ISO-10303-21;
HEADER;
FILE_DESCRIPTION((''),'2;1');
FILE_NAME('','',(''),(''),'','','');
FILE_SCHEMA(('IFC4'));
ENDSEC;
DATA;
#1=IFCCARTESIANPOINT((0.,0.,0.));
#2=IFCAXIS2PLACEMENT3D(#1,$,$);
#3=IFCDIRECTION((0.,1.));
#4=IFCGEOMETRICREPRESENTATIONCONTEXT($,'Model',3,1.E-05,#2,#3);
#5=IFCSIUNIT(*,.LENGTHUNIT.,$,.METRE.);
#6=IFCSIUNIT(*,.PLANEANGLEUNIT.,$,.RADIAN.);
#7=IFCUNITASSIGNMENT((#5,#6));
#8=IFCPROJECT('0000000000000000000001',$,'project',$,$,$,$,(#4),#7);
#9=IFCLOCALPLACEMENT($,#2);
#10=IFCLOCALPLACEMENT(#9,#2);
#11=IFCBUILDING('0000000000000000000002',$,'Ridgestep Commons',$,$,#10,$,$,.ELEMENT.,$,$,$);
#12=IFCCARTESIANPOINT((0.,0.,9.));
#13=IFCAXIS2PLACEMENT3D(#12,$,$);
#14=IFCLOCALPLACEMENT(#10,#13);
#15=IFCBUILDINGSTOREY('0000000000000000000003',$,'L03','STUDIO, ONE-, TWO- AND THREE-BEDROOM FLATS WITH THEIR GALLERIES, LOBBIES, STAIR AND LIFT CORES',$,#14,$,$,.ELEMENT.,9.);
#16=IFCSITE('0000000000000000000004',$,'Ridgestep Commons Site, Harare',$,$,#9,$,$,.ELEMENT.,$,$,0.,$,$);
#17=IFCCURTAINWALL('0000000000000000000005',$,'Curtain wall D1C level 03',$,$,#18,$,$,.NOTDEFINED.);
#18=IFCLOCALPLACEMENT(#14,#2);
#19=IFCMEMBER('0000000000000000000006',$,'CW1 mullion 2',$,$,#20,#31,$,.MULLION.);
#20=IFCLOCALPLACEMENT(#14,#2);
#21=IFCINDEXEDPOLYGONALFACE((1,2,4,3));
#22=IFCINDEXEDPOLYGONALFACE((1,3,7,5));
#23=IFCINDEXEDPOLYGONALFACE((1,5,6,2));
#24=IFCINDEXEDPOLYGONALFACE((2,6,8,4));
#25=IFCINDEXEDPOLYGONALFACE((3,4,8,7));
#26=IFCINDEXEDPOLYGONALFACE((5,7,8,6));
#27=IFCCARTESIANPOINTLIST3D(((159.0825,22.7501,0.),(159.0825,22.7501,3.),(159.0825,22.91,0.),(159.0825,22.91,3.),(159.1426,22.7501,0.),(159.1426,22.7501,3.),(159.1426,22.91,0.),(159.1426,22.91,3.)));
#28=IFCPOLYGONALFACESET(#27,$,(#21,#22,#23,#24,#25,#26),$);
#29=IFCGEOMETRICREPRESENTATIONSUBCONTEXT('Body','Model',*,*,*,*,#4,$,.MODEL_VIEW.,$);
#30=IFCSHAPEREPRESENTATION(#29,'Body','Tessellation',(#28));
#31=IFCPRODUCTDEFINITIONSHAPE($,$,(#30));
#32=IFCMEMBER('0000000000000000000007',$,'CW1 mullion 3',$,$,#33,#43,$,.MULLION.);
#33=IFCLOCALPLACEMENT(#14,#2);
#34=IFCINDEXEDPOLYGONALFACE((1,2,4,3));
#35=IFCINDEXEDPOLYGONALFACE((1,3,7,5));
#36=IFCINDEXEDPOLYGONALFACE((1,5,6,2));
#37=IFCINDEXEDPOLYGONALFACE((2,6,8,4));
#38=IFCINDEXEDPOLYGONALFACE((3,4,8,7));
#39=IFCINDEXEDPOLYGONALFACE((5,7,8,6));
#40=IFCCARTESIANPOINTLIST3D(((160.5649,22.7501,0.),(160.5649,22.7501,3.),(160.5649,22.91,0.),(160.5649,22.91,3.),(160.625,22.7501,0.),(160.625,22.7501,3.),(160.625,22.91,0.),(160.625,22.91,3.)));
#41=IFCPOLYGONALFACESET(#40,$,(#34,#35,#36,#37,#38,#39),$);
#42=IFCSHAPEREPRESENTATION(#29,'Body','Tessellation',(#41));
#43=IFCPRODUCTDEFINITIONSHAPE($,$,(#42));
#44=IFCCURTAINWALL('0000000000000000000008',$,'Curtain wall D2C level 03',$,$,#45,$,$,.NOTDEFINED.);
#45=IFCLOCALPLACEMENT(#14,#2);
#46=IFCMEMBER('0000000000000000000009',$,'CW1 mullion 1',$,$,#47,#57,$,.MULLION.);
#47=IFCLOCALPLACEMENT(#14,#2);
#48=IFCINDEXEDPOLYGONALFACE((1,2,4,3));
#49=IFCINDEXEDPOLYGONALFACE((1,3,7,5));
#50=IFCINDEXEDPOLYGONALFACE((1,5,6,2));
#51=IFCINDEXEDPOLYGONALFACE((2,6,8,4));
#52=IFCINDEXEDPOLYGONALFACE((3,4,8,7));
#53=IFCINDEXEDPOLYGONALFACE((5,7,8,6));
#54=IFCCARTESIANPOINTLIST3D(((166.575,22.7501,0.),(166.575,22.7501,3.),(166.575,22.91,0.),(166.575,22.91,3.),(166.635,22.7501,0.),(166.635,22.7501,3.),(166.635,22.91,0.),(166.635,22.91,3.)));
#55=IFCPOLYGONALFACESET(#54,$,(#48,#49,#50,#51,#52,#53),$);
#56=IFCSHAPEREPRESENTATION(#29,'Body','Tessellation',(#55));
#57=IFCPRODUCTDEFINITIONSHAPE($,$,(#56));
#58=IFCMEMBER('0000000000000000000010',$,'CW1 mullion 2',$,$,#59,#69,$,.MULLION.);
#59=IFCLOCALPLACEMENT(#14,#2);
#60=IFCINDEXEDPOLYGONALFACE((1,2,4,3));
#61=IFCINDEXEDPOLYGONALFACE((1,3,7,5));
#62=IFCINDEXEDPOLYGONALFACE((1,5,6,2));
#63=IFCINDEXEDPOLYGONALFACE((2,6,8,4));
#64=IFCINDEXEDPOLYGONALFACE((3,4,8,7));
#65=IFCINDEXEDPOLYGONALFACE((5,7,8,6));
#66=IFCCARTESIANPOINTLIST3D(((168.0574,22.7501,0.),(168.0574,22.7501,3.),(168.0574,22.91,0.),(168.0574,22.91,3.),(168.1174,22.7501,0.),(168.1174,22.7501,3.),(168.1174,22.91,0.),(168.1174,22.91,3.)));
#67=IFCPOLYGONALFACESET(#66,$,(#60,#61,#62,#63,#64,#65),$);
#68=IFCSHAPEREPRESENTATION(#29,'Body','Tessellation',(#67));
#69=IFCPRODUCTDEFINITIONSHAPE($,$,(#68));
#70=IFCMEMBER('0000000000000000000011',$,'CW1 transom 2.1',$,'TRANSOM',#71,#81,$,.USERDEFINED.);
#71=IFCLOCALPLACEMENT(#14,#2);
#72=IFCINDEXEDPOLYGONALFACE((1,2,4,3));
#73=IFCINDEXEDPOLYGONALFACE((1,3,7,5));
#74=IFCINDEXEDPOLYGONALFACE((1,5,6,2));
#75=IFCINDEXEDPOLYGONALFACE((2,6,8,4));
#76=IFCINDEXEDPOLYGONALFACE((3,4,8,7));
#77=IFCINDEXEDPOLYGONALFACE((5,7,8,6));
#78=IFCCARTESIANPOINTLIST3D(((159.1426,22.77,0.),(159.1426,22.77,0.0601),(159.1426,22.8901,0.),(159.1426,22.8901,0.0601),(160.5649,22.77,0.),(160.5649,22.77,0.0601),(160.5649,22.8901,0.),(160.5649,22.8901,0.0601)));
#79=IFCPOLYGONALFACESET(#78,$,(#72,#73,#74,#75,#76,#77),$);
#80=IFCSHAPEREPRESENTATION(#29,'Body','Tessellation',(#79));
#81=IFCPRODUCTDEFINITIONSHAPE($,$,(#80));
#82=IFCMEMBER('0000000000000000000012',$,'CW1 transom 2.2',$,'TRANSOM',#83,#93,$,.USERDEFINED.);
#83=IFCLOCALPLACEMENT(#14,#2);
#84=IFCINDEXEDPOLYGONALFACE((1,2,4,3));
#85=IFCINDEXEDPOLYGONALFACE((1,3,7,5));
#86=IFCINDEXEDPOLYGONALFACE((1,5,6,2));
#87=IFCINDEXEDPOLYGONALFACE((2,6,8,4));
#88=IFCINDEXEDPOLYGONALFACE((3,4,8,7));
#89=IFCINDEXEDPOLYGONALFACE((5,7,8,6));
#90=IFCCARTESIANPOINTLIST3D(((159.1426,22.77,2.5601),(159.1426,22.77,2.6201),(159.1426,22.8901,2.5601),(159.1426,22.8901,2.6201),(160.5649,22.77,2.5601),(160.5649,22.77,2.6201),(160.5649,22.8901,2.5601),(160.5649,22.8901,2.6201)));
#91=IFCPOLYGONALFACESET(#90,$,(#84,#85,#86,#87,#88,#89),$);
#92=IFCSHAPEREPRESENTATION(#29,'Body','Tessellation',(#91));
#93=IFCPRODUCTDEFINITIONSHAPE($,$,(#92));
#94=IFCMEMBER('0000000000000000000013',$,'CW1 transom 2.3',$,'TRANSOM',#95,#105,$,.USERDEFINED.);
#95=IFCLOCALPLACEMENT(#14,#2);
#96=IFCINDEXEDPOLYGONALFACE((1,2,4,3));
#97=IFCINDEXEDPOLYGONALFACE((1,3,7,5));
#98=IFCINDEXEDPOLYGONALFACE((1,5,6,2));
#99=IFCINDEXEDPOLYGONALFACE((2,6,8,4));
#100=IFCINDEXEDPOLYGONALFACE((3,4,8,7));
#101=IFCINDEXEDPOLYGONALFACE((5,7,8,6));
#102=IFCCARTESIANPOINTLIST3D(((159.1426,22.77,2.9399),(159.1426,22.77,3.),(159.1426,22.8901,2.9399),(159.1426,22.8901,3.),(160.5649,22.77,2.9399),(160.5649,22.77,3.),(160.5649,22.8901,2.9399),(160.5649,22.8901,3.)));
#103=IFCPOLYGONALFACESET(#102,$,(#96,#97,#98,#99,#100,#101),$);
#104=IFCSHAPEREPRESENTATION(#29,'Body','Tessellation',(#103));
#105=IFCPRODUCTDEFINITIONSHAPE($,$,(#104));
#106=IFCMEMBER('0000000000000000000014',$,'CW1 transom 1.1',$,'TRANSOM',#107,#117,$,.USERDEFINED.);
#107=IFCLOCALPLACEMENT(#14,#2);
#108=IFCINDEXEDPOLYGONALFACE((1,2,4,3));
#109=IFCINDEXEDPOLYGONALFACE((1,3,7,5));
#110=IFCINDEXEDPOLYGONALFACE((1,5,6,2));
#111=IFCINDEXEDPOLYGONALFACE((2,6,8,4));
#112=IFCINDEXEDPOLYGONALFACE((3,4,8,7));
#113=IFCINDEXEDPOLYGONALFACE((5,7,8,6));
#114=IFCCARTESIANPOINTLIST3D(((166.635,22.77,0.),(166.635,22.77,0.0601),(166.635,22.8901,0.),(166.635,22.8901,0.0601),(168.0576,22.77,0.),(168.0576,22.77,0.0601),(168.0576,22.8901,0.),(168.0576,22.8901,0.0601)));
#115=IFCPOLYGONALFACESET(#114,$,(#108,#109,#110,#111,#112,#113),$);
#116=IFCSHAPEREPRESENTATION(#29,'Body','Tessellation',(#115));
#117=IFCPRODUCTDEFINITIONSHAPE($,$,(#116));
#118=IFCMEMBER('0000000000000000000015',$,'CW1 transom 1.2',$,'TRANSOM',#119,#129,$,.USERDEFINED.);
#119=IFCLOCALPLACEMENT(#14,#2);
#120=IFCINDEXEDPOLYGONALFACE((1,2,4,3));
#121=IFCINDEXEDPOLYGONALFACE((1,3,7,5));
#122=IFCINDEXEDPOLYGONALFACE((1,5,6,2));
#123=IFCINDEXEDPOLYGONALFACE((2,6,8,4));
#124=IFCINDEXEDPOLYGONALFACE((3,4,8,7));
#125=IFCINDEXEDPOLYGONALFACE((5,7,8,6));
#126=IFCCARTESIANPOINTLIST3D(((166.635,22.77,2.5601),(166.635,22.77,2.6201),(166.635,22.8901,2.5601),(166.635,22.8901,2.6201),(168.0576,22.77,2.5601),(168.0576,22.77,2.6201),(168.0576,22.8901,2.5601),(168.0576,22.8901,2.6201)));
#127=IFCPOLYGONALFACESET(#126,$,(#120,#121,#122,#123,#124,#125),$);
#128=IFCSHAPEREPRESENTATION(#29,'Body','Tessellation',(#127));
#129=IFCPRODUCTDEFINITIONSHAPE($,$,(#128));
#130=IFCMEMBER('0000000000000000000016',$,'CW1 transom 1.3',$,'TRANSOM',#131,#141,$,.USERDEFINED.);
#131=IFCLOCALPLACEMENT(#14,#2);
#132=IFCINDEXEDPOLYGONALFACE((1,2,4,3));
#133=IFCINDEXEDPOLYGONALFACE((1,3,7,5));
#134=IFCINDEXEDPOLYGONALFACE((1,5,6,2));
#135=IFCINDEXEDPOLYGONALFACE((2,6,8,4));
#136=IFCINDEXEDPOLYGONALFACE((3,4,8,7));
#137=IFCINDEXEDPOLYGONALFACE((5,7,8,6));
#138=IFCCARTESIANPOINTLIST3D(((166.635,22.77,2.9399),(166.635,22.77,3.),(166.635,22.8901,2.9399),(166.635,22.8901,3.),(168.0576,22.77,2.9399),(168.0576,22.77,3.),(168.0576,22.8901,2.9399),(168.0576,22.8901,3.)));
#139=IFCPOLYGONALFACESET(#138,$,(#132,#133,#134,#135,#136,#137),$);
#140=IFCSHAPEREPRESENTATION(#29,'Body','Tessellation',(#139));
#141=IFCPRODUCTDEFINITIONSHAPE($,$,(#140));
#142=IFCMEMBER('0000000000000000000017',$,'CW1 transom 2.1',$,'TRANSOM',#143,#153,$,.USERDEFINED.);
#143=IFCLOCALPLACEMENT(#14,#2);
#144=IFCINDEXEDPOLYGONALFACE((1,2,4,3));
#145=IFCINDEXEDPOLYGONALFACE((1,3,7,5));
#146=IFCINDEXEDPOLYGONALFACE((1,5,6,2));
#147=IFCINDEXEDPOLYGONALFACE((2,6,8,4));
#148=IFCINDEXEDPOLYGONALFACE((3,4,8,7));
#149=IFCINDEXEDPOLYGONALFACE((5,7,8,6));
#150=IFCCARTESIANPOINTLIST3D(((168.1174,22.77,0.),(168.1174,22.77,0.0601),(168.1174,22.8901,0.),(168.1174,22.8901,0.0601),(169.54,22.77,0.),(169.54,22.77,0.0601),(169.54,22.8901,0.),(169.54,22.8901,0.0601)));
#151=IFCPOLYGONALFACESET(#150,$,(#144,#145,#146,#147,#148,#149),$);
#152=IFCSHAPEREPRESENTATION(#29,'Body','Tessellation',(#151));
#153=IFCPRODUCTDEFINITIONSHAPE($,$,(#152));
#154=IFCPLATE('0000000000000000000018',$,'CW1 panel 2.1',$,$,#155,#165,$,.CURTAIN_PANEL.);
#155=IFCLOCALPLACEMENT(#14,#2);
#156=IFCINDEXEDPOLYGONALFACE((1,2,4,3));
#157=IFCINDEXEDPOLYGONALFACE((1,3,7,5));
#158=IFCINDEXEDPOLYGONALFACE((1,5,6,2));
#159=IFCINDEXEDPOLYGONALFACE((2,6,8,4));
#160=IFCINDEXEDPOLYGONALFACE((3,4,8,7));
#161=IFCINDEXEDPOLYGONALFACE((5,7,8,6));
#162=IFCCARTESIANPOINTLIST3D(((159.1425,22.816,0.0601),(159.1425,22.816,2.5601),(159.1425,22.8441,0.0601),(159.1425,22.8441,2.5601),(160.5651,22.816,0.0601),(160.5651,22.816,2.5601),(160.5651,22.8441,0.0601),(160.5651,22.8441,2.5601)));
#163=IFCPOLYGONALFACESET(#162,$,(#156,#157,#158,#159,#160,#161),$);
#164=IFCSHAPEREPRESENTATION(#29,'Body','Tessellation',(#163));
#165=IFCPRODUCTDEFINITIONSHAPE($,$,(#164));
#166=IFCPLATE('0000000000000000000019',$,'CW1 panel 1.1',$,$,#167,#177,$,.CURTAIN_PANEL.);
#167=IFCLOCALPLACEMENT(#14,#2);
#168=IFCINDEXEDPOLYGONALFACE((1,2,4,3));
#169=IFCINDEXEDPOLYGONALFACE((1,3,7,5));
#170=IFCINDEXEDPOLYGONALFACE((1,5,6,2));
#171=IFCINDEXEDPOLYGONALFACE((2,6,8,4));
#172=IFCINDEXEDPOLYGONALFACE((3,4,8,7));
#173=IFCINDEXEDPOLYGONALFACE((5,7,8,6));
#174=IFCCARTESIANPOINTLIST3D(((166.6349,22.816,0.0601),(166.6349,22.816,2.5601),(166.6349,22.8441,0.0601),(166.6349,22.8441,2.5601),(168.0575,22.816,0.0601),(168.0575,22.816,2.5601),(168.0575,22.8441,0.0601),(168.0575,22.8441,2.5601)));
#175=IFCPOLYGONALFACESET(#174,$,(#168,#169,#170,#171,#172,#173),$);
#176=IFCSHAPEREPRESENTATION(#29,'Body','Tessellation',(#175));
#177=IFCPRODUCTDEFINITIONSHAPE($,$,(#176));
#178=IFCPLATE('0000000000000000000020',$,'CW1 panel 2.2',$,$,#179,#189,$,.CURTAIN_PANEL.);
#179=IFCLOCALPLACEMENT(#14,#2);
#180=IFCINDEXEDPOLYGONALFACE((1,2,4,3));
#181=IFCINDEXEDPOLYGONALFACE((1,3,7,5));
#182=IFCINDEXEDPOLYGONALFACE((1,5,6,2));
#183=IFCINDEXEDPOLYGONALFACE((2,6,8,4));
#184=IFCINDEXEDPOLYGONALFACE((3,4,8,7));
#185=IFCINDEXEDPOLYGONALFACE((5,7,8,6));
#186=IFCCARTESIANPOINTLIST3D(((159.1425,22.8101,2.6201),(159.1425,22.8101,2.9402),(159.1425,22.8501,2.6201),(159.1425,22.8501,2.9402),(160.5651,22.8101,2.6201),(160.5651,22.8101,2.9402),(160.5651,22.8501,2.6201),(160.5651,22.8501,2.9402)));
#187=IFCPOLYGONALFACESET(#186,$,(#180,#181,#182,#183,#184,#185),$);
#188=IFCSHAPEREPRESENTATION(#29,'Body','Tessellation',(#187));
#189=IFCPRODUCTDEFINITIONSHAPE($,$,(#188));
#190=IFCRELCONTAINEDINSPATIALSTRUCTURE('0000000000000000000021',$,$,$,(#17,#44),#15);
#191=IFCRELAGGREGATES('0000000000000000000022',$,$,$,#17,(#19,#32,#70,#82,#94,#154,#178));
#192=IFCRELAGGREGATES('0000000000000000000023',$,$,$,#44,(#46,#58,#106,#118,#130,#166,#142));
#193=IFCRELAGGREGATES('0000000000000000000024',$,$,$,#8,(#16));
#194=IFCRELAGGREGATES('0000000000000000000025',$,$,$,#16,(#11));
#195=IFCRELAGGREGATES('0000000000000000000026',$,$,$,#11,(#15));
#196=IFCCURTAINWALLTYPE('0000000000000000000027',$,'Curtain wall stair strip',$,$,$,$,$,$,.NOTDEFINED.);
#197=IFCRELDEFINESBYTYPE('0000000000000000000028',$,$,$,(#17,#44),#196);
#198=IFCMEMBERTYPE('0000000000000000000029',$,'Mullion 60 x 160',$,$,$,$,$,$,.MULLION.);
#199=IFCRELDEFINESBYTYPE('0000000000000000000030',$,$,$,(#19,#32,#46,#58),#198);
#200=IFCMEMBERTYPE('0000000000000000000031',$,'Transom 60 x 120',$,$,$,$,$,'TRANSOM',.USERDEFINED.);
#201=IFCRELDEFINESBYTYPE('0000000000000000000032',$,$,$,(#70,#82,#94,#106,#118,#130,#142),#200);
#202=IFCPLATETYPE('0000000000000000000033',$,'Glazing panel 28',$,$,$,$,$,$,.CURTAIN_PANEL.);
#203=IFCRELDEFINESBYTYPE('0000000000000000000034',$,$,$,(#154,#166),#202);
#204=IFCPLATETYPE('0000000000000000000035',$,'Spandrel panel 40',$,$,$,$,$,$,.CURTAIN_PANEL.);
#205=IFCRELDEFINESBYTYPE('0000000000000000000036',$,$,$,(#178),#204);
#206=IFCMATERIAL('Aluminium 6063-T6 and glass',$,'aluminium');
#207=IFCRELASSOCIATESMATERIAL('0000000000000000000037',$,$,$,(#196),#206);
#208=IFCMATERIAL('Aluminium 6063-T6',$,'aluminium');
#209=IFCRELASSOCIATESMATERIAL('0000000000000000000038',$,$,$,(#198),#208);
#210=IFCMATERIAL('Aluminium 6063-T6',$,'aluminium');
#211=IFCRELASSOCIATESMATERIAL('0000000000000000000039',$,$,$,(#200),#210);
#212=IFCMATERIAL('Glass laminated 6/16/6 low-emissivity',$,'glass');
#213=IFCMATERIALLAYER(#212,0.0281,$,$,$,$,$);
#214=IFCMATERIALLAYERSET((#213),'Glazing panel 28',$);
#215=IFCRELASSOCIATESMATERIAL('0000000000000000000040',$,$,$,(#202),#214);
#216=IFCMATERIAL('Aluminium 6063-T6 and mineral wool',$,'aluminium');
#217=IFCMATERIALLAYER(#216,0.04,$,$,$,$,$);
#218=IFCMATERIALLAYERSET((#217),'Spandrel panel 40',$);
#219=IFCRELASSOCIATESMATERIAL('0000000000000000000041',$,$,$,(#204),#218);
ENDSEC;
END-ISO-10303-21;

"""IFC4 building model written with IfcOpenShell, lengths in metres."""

from ifc_helpers import new_model, si_unit, direction, frame, origin, origin_2d, place, context, subcontext, project, spatial, rectangle, extrude, material, layer, layer_set, material_profile, profile_set, type_object, element, aggregate, save


model = new_model("IFC4")

# Units and contexts
model_context = context("Model", 3, precision=1e-05, world=origin(), true_north=direction((0.0, 1.0)))
body_context = subcontext(model_context, "Body", "Model", "MODEL_VIEW")
ifc_project = project(units=[si_unit("LENGTHUNIT", "METRE"), si_unit("PLANEANGLEUNIT", "RADIAN")], contexts=[model_context])

# Site, building, storey
site_placement = place(None, origin())
site = spatial("IfcSite", under=ifc_project, at=site_placement, Name="Ridgestep Commons Site, Harare", CompositionType="ELEMENT", RefElevation=0.0)
building_placement = place(site_placement, origin())
building = spatial("IfcBuilding", under=site, at=building_placement, Name="Ridgestep Commons", CompositionType="ELEMENT")
storey_placement = place(building_placement, frame((0.0, 0.0, 9.0)))
storey = spatial("IfcBuildingStorey", under=building, at=storey_placement, Name="L03", Description="STUDIO, ONE-, TWO- AND THREE-BEDROOM FLATS WITH THEIR GALLERIES, LOBBIES, STAIR AND LIFT CORES", CompositionType="ELEMENT", Elevation=9.0)

# Curtain walls, members
ifc_material_1 = material(Name="Aluminium 6063-T6 and glass", Category="aluminium")
curtain_wall_type = type_object("IfcCurtainWallType", Name="Curtain wall stair strip", PredefinedType="NOTDEFINED", material=ifc_material_1)
curtain_wall_1_placement = place(storey_placement, origin())
curtain_wall_1 = element("IfcCurtainWall", 1, at=curtain_wall_1_placement, inside=storey, type_object=curtain_wall_type, Name="Curtain wall D1C level 03", PredefinedType="NOTDEFINED")
ifc_material_2 = material(Name="Aluminium 6063-T6", Category="aluminium")
ifc_material_profile_1 = material_profile(ifc_material_2, rectangle(XDim=0.1599, YDim=0.0601, at=origin_2d()), Name="Mullion 60 x 160")
ifc_profile_set_1 = profile_set([ifc_material_profile_1], Name="Aluminium 6063-T6")
member_type_1 = type_object("IfcMemberType", Name="Mullion 60 x 160", PredefinedType="MULLION", material=ifc_profile_set_1)
member_1_placement = place(storey_placement, frame((159.1125, 22.8301, 0.0), z_axis=(0.0, 0.0, 1.0), x_axis=(0.0, 1.0, 0.0)))
member_1 = element("IfcMember", 2, at=member_1_placement, type_object=member_type_1, Name="CW1 mullion 2", PredefinedType="MULLION", context=body_context, shape_type="SweptSolid", body=[
    extrude(rectangle(XDim=0.1599, YDim=0.0601, at=origin_2d()), origin(), (0.0, 0.0, 1.0), 3.0),
])
member_2_placement = place(storey_placement, frame((160.595, 22.8301, 0.0), z_axis=(0.0, 0.0, 1.0), x_axis=(0.0, 1.0, 0.0)))
member_2 = element("IfcMember", 3, at=member_2_placement, type_object=member_type_1, Name="CW1 mullion 3", PredefinedType="MULLION", context=body_context, shape_type="SweptSolid", body=[
    extrude(rectangle(XDim=0.1599, YDim=0.0601, at=origin_2d()), origin(), (0.0, 0.0, 1.0), 3.0),
])
curtain_wall_2_placement = place(storey_placement, origin())
curtain_wall_2 = element("IfcCurtainWall", 4, at=curtain_wall_2_placement, inside=storey, type_object=curtain_wall_type, Name="Curtain wall D2C level 03", PredefinedType="NOTDEFINED")
member_3_placement = place(storey_placement, frame((166.605, 22.8301, 0.0), z_axis=(0.0, 0.0, 1.0), x_axis=(0.0, 1.0, 0.0)))
member_3 = element("IfcMember", 5, at=member_3_placement, type_object=member_type_1, Name="CW1 mullion 1", PredefinedType="MULLION", context=body_context, shape_type="SweptSolid", body=[
    extrude(rectangle(XDim=0.1599, YDim=0.0601, at=origin_2d()), origin(), (0.0, 0.0, 1.0), 3.0),
])
member_4_placement = place(storey_placement, frame((168.0874, 22.8301, 0.0), z_axis=(0.0, 0.0, 1.0), x_axis=(0.0, 1.0, 0.0)))
member_4 = element("IfcMember", 6, at=member_4_placement, type_object=member_type_1, Name="CW1 mullion 2", PredefinedType="MULLION", context=body_context, shape_type="SweptSolid", body=[
    extrude(rectangle(XDim=0.1599, YDim=0.0601, at=origin_2d()), origin(), (0.0, 0.0, 1.0), 3.0),
])

# Members
ifc_material_3 = material(Name="Aluminium 6063-T6", Category="aluminium")
ifc_material_profile_2 = material_profile(ifc_material_3, rectangle(XDim=0.1201, YDim=0.0601, at=origin_2d()), Name="Transom 60 x 120")
ifc_profile_set_2 = profile_set([ifc_material_profile_2], Name="Aluminium 6063-T6")
member_type_2 = type_object("IfcMemberType", Name="Transom 60 x 120", ElementType="TRANSOM", PredefinedType="USERDEFINED", material=ifc_profile_set_2)
member_5_placement = place(storey_placement, frame((159.1426, 22.8301, 0.03), z_axis=(1.0, 0.0, 0.0), x_axis=(0.0, 1.0, 0.0)))
member_5 = element("IfcMember", 7, at=member_5_placement, type_object=member_type_2, Name="CW1 transom 2.1", ObjectType="TRANSOM", PredefinedType="USERDEFINED", context=body_context, shape_type="SweptSolid", body=[
    extrude(rectangle(XDim=0.1201, YDim=0.0601, at=origin_2d()), origin(), (0.0, 0.0, 1.0), 1.4224),
])
member_6_placement = place(storey_placement, frame((159.1426, 22.8301, 2.5901), z_axis=(1.0, 0.0, 0.0), x_axis=(0.0, 1.0, 0.0)))
member_6 = element("IfcMember", 8, at=member_6_placement, type_object=member_type_2, Name="CW1 transom 2.2", ObjectType="TRANSOM", PredefinedType="USERDEFINED", context=body_context, shape_type="SweptSolid", body=[
    extrude(rectangle(XDim=0.1201, YDim=0.0601, at=origin_2d()), origin(), (0.0, 0.0, 1.0), 1.4224),
])
member_7_placement = place(storey_placement, frame((159.1426, 22.8301, 2.97), z_axis=(1.0, 0.0, 0.0), x_axis=(0.0, 1.0, 0.0)))
member_7 = element("IfcMember", 9, at=member_7_placement, type_object=member_type_2, Name="CW1 transom 2.3", ObjectType="TRANSOM", PredefinedType="USERDEFINED", context=body_context, shape_type="SweptSolid", body=[
    extrude(rectangle(XDim=0.1201, YDim=0.0601, at=origin_2d()), origin(), (0.0, 0.0, 1.0), 1.4224),
])
member_8_placement = place(storey_placement, frame((166.635, 22.8301, 0.03), z_axis=(1.0, 0.0, 0.0), x_axis=(0.0, 1.0, 0.0)))
member_8 = element("IfcMember", 10, at=member_8_placement, type_object=member_type_2, Name="CW1 transom 1.1", ObjectType="TRANSOM", PredefinedType="USERDEFINED", context=body_context, shape_type="SweptSolid", body=[
    extrude(rectangle(XDim=0.1201, YDim=0.0601, at=origin_2d()), origin(), (0.0, 0.0, 1.0), 1.4226),
])
member_9_placement = place(storey_placement, frame((166.635, 22.8301, 2.5901), z_axis=(1.0, 0.0, 0.0), x_axis=(0.0, 1.0, 0.0)))
member_9 = element("IfcMember", 11, at=member_9_placement, type_object=member_type_2, Name="CW1 transom 1.2", ObjectType="TRANSOM", PredefinedType="USERDEFINED", context=body_context, shape_type="SweptSolid", body=[
    extrude(rectangle(XDim=0.1201, YDim=0.0601, at=origin_2d()), origin(), (0.0, 0.0, 1.0), 1.4226),
])
member_10_placement = place(storey_placement, frame((166.635, 22.8301, 2.97), z_axis=(1.0, 0.0, 0.0), x_axis=(0.0, 1.0, 0.0)))
member_10 = element("IfcMember", 12, at=member_10_placement, type_object=member_type_2, Name="CW1 transom 1.3", ObjectType="TRANSOM", PredefinedType="USERDEFINED", context=body_context, shape_type="SweptSolid", body=[
    extrude(rectangle(XDim=0.1201, YDim=0.0601, at=origin_2d()), origin(), (0.0, 0.0, 1.0), 1.4226),
])
member_11_placement = place(storey_placement, frame((168.1174, 22.8301, 0.03), z_axis=(1.0, 0.0, 0.0), x_axis=(0.0, 1.0, 0.0)))
member_11 = element("IfcMember", 13, at=member_11_placement, type_object=member_type_2, Name="CW1 transom 2.1", ObjectType="TRANSOM", PredefinedType="USERDEFINED", context=body_context, shape_type="SweptSolid", body=[
    extrude(rectangle(XDim=0.1201, YDim=0.0601, at=origin_2d()), origin(), (0.0, 0.0, 1.0), 1.4226),
])

# Plates
ifc_material_4 = material(Name="Glass laminated 6/16/6 low-emissivity", Category="glass")
ifc_layer_1 = layer(ifc_material_4, 0.0281)
ifc_layer_set_1 = layer_set([ifc_layer_1], Name="Glazing panel 28")
plate_type_1 = type_object("IfcPlateType", Name="Glazing panel 28", PredefinedType="CURTAIN_PANEL", material=ifc_layer_set_1)
plate_1_placement = place(storey_placement, frame((159.8538, 22.8301, 0.0601), z_axis=(0.0, 0.0, 1.0), x_axis=(1.0, 0.0, 0.0)))
plate_1 = element("IfcPlate", 14, at=plate_1_placement, type_object=plate_type_1, Name="CW1 panel 2.1", PredefinedType="CURTAIN_PANEL", context=body_context, shape_type="SweptSolid", body=[
    extrude(rectangle(XDim=1.4226, YDim=0.0281, at=origin_2d()), origin(), (0.0, 0.0, 1.0), 2.5),
])
plate_2_placement = place(storey_placement, frame((167.3462, 22.8301, 0.0601), z_axis=(0.0, 0.0, 1.0), x_axis=(1.0, 0.0, 0.0)))
plate_2 = element("IfcPlate", 15, at=plate_2_placement, type_object=plate_type_1, Name="CW1 panel 1.1", PredefinedType="CURTAIN_PANEL", context=body_context, shape_type="SweptSolid", body=[
    extrude(rectangle(XDim=1.4226, YDim=0.0281, at=origin_2d()), origin(), (0.0, 0.0, 1.0), 2.5),
])
ifc_material_5 = material(Name="Aluminium 6063-T6 and mineral wool", Category="aluminium")
ifc_layer_2 = layer(ifc_material_5, 0.04)
ifc_layer_set_2 = layer_set([ifc_layer_2], Name="Spandrel panel 40")
plate_type_2 = type_object("IfcPlateType", Name="Spandrel panel 40", PredefinedType="CURTAIN_PANEL", material=ifc_layer_set_2)
plate_3_placement = place(storey_placement, frame((159.8538, 22.8301, 2.6201), z_axis=(0.0, 0.0, 1.0), x_axis=(1.0, 0.0, 0.0)))
plate_3 = element("IfcPlate", 16, at=plate_3_placement, type_object=plate_type_2, Name="CW1 panel 2.2", PredefinedType="CURTAIN_PANEL", context=body_context, shape_type="SweptSolid", body=[
    extrude(rectangle(XDim=1.4226, YDim=0.04, at=origin_2d()), origin(), (0.0, 0.0, 1.0), 0.3201),
])
aggregate(curtain_wall_1, [member_1, member_2, member_5, member_6, member_7, plate_1, plate_3])
aggregate(curtain_wall_2, [member_3, member_4, member_8, member_9, member_10, plate_2, member_11])

save(model, "model.ifc")
